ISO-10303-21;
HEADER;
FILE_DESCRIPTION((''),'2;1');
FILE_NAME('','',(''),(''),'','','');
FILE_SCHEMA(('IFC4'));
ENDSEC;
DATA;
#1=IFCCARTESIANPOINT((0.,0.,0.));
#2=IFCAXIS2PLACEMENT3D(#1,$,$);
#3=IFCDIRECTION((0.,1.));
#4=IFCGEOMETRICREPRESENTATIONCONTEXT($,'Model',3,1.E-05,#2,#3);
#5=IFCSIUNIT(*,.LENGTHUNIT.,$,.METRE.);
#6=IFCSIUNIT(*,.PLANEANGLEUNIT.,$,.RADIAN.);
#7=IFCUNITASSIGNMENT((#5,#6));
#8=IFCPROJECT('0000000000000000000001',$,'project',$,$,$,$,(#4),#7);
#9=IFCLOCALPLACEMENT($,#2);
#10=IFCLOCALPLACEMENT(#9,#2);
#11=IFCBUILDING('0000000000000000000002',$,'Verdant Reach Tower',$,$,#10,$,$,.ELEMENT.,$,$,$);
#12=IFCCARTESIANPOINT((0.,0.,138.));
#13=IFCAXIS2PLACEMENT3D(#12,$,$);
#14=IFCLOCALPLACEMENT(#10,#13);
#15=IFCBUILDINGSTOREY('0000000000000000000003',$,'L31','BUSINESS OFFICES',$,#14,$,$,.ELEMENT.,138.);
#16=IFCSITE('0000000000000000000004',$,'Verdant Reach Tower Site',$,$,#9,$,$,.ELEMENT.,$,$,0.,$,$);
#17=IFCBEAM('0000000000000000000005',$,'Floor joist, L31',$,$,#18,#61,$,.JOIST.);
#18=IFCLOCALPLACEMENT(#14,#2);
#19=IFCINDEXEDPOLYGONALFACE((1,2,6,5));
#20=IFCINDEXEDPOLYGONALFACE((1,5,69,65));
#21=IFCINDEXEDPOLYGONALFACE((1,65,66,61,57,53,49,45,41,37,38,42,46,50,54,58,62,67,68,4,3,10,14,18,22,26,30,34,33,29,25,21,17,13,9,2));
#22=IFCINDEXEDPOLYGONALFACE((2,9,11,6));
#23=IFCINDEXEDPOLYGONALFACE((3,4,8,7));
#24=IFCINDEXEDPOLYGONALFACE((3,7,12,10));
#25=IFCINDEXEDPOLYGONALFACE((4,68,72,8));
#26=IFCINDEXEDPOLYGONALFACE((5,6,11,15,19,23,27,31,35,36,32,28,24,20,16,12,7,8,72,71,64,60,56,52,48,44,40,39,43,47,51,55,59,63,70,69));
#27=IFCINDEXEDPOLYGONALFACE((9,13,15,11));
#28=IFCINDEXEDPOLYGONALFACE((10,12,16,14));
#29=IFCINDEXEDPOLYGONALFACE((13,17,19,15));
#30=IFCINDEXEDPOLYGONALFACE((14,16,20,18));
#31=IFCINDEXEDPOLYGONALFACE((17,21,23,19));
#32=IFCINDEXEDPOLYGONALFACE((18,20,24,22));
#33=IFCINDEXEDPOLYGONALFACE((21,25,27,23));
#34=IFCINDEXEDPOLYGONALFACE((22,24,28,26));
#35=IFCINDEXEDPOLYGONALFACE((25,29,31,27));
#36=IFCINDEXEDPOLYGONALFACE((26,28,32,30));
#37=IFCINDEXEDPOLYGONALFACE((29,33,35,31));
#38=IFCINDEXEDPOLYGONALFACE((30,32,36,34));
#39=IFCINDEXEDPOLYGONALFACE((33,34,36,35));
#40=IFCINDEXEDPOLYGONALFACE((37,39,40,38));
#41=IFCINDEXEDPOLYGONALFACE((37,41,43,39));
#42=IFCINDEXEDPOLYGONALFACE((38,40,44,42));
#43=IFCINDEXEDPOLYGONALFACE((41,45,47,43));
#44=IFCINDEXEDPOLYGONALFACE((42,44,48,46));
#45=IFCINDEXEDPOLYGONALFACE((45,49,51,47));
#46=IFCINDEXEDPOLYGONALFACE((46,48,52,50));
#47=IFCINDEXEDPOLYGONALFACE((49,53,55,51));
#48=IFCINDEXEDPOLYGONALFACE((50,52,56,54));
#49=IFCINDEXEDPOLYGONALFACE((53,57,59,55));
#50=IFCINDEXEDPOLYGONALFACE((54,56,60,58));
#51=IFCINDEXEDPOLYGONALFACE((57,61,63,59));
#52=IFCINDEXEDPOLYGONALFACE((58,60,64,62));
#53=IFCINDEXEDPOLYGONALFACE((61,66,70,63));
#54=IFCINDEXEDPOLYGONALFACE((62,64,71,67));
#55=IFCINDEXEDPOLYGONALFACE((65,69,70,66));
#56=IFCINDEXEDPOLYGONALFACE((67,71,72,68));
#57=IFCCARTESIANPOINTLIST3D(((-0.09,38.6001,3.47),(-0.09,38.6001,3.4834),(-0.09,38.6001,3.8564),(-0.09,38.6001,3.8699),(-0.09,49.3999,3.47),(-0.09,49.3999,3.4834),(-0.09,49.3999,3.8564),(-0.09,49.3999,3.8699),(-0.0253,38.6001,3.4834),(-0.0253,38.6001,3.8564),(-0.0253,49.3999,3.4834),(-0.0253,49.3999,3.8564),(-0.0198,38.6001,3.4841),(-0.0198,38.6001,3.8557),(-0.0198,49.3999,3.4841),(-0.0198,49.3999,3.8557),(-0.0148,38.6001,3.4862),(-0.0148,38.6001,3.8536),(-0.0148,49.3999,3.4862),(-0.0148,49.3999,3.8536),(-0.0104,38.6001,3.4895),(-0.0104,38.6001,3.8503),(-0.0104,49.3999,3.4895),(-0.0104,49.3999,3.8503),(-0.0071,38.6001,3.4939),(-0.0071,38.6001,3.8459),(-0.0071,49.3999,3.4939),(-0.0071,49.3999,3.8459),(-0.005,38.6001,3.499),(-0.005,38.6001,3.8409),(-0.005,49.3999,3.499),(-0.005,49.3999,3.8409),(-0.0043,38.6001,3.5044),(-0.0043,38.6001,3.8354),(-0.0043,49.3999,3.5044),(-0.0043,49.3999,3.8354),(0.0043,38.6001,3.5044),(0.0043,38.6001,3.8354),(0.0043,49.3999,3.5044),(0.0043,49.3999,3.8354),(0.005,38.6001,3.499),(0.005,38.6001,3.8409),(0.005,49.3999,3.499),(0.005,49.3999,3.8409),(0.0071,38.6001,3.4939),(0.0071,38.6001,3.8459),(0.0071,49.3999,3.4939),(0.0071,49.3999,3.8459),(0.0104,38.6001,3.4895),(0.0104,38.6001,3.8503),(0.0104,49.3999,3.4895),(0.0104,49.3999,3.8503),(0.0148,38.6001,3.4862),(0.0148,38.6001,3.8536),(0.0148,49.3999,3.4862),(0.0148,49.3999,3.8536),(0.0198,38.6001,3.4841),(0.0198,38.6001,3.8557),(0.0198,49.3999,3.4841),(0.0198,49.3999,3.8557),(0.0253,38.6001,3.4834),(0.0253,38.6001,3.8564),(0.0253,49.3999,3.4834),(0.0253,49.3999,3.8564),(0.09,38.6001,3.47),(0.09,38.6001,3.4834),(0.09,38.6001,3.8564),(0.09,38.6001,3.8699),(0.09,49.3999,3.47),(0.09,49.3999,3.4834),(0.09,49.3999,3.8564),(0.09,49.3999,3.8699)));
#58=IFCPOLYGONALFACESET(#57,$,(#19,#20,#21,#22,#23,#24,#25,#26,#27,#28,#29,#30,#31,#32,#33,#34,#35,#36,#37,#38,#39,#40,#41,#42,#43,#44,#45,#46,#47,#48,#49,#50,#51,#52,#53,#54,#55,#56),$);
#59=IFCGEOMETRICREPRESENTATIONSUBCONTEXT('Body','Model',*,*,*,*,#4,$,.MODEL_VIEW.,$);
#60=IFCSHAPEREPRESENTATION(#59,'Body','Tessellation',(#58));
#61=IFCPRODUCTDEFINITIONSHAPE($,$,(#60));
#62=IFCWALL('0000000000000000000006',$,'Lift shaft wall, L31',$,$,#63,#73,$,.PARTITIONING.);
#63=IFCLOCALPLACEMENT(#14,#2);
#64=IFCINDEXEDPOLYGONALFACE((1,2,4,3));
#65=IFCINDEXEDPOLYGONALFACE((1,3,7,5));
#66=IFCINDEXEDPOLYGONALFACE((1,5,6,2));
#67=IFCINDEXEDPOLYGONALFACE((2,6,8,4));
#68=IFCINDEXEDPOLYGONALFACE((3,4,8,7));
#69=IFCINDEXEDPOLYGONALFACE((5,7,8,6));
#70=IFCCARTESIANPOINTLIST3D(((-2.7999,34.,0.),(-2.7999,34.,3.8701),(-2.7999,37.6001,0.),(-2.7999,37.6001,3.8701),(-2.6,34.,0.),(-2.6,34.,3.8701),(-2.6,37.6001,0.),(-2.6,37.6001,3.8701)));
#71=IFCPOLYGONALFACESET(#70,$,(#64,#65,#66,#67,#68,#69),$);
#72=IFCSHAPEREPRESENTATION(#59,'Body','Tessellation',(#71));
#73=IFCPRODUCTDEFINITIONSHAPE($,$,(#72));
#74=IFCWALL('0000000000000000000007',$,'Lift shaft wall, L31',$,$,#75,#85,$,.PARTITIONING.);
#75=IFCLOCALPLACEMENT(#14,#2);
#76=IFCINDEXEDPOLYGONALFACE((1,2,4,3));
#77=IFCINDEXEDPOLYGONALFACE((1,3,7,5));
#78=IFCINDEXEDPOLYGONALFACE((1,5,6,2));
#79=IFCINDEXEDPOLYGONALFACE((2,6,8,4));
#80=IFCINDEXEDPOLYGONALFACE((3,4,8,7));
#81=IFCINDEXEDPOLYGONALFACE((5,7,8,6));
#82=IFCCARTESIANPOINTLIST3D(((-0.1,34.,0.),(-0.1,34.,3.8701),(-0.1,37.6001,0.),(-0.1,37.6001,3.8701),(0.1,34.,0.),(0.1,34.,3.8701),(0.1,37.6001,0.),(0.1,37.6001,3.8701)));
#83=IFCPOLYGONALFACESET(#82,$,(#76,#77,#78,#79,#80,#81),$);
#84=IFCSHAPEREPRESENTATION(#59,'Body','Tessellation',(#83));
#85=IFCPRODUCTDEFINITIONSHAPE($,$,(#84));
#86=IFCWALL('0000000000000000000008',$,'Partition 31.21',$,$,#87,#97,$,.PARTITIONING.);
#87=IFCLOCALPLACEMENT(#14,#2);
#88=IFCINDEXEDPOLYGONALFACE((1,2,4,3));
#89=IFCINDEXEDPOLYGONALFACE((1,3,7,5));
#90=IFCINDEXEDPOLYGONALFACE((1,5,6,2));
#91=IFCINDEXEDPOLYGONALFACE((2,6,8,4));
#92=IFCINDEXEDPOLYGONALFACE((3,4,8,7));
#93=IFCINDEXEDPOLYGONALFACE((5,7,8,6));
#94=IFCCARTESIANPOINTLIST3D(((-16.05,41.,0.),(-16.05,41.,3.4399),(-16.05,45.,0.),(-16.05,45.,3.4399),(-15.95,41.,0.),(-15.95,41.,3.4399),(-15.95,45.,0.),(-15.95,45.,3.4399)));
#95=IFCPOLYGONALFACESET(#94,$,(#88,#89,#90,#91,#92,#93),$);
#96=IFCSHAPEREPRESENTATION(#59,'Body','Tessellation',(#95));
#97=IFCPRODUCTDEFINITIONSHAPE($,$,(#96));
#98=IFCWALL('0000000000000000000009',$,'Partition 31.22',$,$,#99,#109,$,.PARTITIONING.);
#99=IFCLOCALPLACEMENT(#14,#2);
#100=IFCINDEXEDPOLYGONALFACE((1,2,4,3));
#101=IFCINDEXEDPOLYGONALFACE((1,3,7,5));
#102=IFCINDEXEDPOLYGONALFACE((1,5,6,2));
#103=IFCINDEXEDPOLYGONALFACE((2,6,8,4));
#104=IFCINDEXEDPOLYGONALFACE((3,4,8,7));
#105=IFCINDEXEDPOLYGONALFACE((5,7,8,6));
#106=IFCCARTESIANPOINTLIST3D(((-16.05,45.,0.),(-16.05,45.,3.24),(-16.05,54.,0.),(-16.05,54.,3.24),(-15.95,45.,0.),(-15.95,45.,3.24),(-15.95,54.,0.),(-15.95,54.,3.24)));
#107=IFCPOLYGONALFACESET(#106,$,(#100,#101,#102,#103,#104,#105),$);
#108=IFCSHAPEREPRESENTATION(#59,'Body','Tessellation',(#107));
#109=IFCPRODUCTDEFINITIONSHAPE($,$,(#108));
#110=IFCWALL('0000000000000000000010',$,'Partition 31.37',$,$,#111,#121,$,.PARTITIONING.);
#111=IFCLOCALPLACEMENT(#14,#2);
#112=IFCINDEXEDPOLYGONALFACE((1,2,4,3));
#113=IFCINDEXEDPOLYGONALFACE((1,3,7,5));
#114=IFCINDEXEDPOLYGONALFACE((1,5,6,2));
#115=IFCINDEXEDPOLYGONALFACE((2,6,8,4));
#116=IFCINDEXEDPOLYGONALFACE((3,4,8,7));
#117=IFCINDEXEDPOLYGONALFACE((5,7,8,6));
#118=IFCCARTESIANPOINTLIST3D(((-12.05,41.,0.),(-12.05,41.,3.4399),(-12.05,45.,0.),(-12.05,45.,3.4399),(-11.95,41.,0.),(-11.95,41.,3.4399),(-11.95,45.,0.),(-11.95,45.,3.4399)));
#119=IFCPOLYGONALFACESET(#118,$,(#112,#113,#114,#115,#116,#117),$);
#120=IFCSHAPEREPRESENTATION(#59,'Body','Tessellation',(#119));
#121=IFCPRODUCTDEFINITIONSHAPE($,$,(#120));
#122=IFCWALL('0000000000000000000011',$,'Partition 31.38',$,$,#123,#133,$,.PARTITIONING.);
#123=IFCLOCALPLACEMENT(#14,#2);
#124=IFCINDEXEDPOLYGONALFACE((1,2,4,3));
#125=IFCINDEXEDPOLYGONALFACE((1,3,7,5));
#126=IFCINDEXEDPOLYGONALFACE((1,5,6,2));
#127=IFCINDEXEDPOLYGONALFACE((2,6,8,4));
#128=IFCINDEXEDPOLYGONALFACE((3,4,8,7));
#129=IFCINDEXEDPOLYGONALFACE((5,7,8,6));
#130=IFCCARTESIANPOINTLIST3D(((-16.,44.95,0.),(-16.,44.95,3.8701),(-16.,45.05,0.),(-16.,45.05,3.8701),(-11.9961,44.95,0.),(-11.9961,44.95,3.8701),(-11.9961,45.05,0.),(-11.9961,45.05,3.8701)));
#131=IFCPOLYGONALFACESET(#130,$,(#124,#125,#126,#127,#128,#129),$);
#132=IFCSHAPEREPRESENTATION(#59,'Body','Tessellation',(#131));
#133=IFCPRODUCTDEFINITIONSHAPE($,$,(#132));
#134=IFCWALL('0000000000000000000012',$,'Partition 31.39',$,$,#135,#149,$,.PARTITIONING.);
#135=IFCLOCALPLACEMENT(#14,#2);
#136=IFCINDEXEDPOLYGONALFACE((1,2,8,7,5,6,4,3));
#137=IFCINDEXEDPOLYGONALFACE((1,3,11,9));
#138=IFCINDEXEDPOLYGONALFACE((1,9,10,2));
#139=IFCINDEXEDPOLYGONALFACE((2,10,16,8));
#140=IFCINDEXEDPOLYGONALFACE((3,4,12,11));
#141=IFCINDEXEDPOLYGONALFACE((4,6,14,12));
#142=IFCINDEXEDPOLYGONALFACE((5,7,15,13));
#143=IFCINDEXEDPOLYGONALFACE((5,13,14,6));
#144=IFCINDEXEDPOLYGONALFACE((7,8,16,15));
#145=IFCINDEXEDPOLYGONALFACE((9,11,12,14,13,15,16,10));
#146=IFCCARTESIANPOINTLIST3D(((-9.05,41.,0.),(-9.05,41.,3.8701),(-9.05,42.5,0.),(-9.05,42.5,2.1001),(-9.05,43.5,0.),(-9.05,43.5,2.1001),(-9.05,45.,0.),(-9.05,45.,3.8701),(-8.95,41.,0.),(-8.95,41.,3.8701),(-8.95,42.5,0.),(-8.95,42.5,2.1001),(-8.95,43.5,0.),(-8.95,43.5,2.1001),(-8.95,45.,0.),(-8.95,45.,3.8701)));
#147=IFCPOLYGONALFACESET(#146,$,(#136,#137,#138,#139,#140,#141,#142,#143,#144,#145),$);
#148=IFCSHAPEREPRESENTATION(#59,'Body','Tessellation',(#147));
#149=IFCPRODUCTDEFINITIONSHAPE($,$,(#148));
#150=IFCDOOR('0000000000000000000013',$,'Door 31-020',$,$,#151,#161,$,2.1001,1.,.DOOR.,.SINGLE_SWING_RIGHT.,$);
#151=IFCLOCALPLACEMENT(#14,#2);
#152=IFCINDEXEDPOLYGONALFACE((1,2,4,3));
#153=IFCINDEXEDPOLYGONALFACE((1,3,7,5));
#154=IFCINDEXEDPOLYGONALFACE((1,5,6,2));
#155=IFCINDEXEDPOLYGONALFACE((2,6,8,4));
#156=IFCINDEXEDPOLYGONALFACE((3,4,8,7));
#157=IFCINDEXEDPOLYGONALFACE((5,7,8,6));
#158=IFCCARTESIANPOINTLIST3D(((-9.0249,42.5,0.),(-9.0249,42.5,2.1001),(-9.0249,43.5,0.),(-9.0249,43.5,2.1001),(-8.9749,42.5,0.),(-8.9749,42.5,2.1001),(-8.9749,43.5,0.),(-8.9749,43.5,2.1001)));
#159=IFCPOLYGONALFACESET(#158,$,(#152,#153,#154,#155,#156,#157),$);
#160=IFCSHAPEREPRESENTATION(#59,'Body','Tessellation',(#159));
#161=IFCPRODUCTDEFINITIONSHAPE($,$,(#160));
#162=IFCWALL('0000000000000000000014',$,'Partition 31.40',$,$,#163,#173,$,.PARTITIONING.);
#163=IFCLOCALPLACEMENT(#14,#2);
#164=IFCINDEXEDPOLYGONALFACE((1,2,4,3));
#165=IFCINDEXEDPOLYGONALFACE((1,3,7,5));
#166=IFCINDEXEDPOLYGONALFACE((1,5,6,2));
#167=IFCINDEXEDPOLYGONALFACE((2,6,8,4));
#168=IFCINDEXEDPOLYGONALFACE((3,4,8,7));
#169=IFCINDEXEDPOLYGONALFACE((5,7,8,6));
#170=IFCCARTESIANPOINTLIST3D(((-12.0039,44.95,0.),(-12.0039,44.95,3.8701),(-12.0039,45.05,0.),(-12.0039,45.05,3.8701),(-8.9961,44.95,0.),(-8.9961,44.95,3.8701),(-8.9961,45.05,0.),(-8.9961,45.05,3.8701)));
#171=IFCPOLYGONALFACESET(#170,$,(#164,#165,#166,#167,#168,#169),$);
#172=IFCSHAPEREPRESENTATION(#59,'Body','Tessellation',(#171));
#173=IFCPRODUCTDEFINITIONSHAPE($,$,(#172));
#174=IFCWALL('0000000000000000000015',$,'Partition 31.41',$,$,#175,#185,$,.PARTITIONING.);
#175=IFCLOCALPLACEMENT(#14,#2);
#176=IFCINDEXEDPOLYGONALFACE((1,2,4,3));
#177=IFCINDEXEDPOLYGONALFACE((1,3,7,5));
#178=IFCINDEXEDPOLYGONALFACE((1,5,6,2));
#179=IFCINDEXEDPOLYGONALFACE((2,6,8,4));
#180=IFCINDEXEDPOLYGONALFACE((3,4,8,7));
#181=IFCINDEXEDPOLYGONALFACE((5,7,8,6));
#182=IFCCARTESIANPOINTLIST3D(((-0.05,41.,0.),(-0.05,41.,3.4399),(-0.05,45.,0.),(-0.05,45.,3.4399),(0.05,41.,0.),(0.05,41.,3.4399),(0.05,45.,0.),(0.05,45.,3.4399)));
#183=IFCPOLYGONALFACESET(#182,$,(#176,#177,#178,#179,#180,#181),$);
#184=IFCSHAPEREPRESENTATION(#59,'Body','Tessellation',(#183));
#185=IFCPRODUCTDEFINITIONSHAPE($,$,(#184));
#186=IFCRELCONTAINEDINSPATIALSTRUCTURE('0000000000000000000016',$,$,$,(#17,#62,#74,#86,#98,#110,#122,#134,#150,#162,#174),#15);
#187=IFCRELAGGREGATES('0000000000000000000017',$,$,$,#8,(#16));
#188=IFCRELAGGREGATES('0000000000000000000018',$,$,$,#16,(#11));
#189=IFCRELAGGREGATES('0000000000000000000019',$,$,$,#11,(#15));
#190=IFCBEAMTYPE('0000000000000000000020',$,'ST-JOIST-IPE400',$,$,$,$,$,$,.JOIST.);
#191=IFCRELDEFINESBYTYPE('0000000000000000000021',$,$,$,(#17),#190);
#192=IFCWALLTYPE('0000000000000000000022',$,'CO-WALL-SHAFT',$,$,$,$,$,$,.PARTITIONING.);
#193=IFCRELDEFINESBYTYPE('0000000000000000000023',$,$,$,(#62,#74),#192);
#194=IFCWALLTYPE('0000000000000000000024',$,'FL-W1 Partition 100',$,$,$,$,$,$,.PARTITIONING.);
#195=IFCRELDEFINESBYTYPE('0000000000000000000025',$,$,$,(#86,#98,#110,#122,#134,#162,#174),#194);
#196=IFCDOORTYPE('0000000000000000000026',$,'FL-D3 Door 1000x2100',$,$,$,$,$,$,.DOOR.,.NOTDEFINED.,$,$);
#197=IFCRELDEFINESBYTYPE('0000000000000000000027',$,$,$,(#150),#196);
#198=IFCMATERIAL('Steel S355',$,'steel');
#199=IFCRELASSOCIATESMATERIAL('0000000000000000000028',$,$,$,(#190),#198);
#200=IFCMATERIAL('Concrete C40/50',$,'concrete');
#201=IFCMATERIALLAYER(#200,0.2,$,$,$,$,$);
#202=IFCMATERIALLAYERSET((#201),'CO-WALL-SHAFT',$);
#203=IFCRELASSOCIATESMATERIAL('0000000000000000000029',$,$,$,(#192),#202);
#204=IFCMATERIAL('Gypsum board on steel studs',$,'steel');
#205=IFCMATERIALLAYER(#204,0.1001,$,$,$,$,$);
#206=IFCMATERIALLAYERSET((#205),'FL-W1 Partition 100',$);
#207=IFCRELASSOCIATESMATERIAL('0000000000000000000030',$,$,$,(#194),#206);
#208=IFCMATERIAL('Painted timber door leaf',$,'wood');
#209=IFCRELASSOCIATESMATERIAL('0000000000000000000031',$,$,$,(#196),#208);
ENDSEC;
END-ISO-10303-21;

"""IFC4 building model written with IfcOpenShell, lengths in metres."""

from ifc_helpers import new_model, si_unit, direction, frame, frame_2d, origin, origin_2d, place, context, subcontext, project, spatial, rectangle, i_section, extrude, material, layer, layer_set, material_profile, profile_set, type_object, element, fill, save


model = new_model("IFC4")

# Units and contexts
model_context = context("Model", 3, precision=1e-05, world=origin(), true_north=direction((0.0, 1.0)))
body_context = subcontext(model_context, "Body", "Model", "MODEL_VIEW")
ifc_project = project(units=[si_unit("LENGTHUNIT", "METRE"), si_unit("PLANEANGLEUNIT", "RADIAN")], contexts=[model_context])

# Site, building, storey
site_placement = place(None, origin())
site = spatial("IfcSite", under=ifc_project, at=site_placement, Name="Verdant Reach Tower Site", CompositionType="ELEMENT", RefElevation=0.0)
building_placement = place(site_placement, origin())
building = spatial("IfcBuilding", under=site, at=building_placement, Name="Verdant Reach Tower", CompositionType="ELEMENT")
storey_placement = place(building_placement, frame((0.0, 0.0, 138.0)))
storey = spatial("IfcBuildingStorey", under=building, at=storey_placement, Name="L31", Description="BUSINESS OFFICES", CompositionType="ELEMENT", Elevation=138.0)

# Beam
ifc_material_1 = material(Name="Steel S355", Category="steel")
ifc_material_profile_1 = material_profile(ifc_material_1, i_section(OverallWidth=0.1799, OverallDepth=0.3999, WebThickness=0.0085, FlangeThickness=0.0134, FilletRadius=0.021, at=origin_2d()), Name="IPE 400")
ifc_profile_set_1 = profile_set([ifc_material_profile_1], Name="Steel S355")
beam_type_1 = type_object("IfcBeamType", Name="ST-JOIST-IPE400", PredefinedType="JOIST", material=ifc_profile_set_1)
for number, where, z_axis, x_axis, name in (
    (1, (0.0, 38.6001, 3.6699), (0.0, 1.0, 0.0), (-1.0, 0.0, 0.0), "Floor joist, L31"),
):
    element("IfcBeam", number, at=place(storey_placement, frame(where, z_axis=z_axis, x_axis=x_axis)), inside=storey, type_object=beam_type_1, Name=name, PredefinedType="JOIST", context=body_context, shape_type="SweptSolid", body=[
        extrude(i_section(OverallWidth=0.1799, OverallDepth=0.3999, WebThickness=0.0085, FlangeThickness=0.0134, FilletRadius=0.021, at=origin_2d()), origin(), (0.0, 0.0, 1.0), 10.7998),
    ])

# Walls
ifc_material_2 = material(Name="Concrete C40/50", Category="concrete")
ifc_layer_1 = layer(ifc_material_2, 0.2)
ifc_layer_set_1 = layer_set([ifc_layer_1], Name="CO-WALL-SHAFT")
wall_type_1 = type_object("IfcWallType", Name="CO-WALL-SHAFT", PredefinedType="PARTITIONING", material=ifc_layer_set_1)
for number, where, z_axis, x_axis, name in (
    (2, (-2.7, 34.0, 0.0), (0.0, 0.0, 1.0), (0.0, 1.0, 0.0), "Lift shaft wall, L31"),
    (3, (0.0, 34.0, 0.0), (0.0, 0.0, 1.0), (0.0, 1.0, 0.0), "Lift shaft wall, L31"),
):
    element("IfcWall", number, at=place(storey_placement, frame(where, z_axis=z_axis, x_axis=x_axis)), inside=storey, type_object=wall_type_1, Name=name, PredefinedType="PARTITIONING", context=body_context, shape_type="SweptSolid", body=[
        extrude(rectangle(XDim=3.6001, YDim=0.2, at=frame_2d((1.8, 0.0))), origin(), (0.0, 0.0, 1.0), 3.8701),
    ])
ifc_material_3 = material(Name="Gypsum board on steel studs", Category="steel")
ifc_layer_2 = layer(ifc_material_3, 0.1001)
ifc_layer_set_2 = layer_set([ifc_layer_2], Name="FL-W1 Partition 100")
wall_type_2 = type_object("IfcWallType", Name="FL-W1 Partition 100", PredefinedType="PARTITIONING", material=ifc_layer_set_2)
wall_1_placement = place(storey_placement, frame((-16.0, 41.0, 0.0), z_axis=(0.0, 0.0, 1.0), x_axis=(0.0, 1.0, 0.0)))
element("IfcWall", 4, at=wall_1_placement, inside=storey, type_object=wall_type_2, Name="Partition 31.21", PredefinedType="PARTITIONING", context=body_context, shape_type="SweptSolid", body=[
    extrude(rectangle(XDim=4.0, YDim=0.1001, at=frame_2d((2.0, 0.0))), origin(), (0.0, 0.0, 1.0), 3.4399),
])
wall_2_placement = place(storey_placement, frame((-16.0, 45.0, 0.0), z_axis=(0.0, 0.0, 1.0), x_axis=(0.0, 1.0, 0.0)))
element("IfcWall", 5, at=wall_2_placement, inside=storey, type_object=wall_type_2, Name="Partition 31.22", PredefinedType="PARTITIONING", context=body_context, shape_type="SweptSolid", body=[
    extrude(rectangle(XDim=9.0, YDim=0.1001, at=frame_2d((4.5, 0.0))), origin(), (0.0, 0.0, 1.0), 3.24),
])
wall_3_placement = place(storey_placement, frame((-12.0, 41.0, 0.0), z_axis=(0.0, 0.0, 1.0), x_axis=(0.0, 1.0, 0.0)))
element("IfcWall", 6, at=wall_3_placement, inside=storey, type_object=wall_type_2, Name="Partition 31.37", PredefinedType="PARTITIONING", context=body_context, shape_type="SweptSolid", body=[
    extrude(rectangle(XDim=4.0, YDim=0.1001, at=frame_2d((2.0, 0.0))), origin(), (0.0, 0.0, 1.0), 3.4399),
])
wall_4_placement = place(storey_placement, frame((-11.9961, 45.0, 0.0), z_axis=(0.0, 0.0, 1.0), x_axis=(-1.0, 0.0, 0.0)))
element("IfcWall", 7, at=wall_4_placement, inside=storey, type_object=wall_type_2, Name="Partition 31.38", PredefinedType="PARTITIONING", context=body_context, shape_type="SweptSolid", body=[
    extrude(rectangle(XDim=4.0039, YDim=0.1001, at=frame_2d((2.002, 0.0))), origin(), (0.0, 0.0, 1.0), 3.8701),
])

# Wall, opening, door
wall_5_placement = place(storey_placement, frame((-9.0, 41.0, 0.0), z_axis=(0.0, 0.0, 1.0), x_axis=(0.0, 1.0, 0.0)))
wall_5 = element("IfcWall", 8, at=wall_5_placement, inside=storey, type_object=wall_type_2, Name="Partition 31.39", PredefinedType="PARTITIONING", context=body_context, shape_type="SweptSolid", body=[
    extrude(rectangle(XDim=4.0, YDim=0.1001, at=frame_2d((2.0, 0.0))), origin(), (0.0, 0.0, 1.0), 3.8701),
])
opening_1_placement = place(wall_5_placement, frame((1.5, 0.0, 0.0)))
opening_1 = element("IfcOpeningElement", 9, at=opening_1_placement, cuts=wall_5, PredefinedType="OPENING", context=body_context, shape_type="SweptSolid", body=[
    extrude(rectangle(XDim=1.0, YDim=2.1001, at=frame_2d((0.5, 1.05))), frame((0.0, 0.0601, 0.0), z_axis=(0.0, -1.0, 0.0), x_axis=(1.0, 0.0, 0.0)), (0.0, 0.0, 1.0), 0.1201),
])
ifc_material_4 = material(Name="Painted timber door leaf", Category="wood")
door_type_1 = type_object("IfcDoorType", Name="FL-D3 Door 1000x2100", OperationType="NOTDEFINED", PredefinedType="DOOR", material=ifc_material_4)
door_1_placement = place(opening_1_placement, origin())
door_1 = element("IfcDoor", 10, at=door_1_placement, inside=storey, type_object=door_type_1, Name="Door 31-020", OperationType="SINGLE_SWING_RIGHT", OverallHeight=2.1001, OverallWidth=1.0, PredefinedType="DOOR", context=body_context, shape_type="SweptSolid", body=[
    extrude(rectangle(XDim=1.0, YDim=2.1001, at=frame_2d((0.5, 1.05))), frame((0.0, 0.0249, 0.0), z_axis=(0.0, -1.0, 0.0), x_axis=(1.0, 0.0, 0.0)), (0.0, 0.0, 1.0), 0.05),
])
fill(opening_1, door_1)

# Walls
wall_6_placement = place(storey_placement, frame((-8.9961, 45.0, 0.0), z_axis=(0.0, 0.0, 1.0), x_axis=(-1.0, 0.0, 0.0)))
element("IfcWall", 11, at=wall_6_placement, inside=storey, type_object=wall_type_2, Name="Partition 31.40", PredefinedType="PARTITIONING", context=body_context, shape_type="SweptSolid", body=[
    extrude(rectangle(XDim=3.0078, YDim=0.1001, at=frame_2d((1.5039, 0.0))), origin(), (0.0, 0.0, 1.0), 3.8701),
])
wall_7_placement = place(storey_placement, frame((0.0, 41.0, 0.0), z_axis=(0.0, 0.0, 1.0), x_axis=(0.0, 1.0, 0.0)))
element("IfcWall", 12, at=wall_7_placement, inside=storey, type_object=wall_type_2, Name="Partition 31.41", PredefinedType="PARTITIONING", context=body_context, shape_type="SweptSolid", body=[
    extrude(rectangle(XDim=4.0, YDim=0.1001, at=frame_2d((2.0, 0.0))), origin(), (0.0, 0.0, 1.0), 3.4399),
])

save(model, "model.ifc")
